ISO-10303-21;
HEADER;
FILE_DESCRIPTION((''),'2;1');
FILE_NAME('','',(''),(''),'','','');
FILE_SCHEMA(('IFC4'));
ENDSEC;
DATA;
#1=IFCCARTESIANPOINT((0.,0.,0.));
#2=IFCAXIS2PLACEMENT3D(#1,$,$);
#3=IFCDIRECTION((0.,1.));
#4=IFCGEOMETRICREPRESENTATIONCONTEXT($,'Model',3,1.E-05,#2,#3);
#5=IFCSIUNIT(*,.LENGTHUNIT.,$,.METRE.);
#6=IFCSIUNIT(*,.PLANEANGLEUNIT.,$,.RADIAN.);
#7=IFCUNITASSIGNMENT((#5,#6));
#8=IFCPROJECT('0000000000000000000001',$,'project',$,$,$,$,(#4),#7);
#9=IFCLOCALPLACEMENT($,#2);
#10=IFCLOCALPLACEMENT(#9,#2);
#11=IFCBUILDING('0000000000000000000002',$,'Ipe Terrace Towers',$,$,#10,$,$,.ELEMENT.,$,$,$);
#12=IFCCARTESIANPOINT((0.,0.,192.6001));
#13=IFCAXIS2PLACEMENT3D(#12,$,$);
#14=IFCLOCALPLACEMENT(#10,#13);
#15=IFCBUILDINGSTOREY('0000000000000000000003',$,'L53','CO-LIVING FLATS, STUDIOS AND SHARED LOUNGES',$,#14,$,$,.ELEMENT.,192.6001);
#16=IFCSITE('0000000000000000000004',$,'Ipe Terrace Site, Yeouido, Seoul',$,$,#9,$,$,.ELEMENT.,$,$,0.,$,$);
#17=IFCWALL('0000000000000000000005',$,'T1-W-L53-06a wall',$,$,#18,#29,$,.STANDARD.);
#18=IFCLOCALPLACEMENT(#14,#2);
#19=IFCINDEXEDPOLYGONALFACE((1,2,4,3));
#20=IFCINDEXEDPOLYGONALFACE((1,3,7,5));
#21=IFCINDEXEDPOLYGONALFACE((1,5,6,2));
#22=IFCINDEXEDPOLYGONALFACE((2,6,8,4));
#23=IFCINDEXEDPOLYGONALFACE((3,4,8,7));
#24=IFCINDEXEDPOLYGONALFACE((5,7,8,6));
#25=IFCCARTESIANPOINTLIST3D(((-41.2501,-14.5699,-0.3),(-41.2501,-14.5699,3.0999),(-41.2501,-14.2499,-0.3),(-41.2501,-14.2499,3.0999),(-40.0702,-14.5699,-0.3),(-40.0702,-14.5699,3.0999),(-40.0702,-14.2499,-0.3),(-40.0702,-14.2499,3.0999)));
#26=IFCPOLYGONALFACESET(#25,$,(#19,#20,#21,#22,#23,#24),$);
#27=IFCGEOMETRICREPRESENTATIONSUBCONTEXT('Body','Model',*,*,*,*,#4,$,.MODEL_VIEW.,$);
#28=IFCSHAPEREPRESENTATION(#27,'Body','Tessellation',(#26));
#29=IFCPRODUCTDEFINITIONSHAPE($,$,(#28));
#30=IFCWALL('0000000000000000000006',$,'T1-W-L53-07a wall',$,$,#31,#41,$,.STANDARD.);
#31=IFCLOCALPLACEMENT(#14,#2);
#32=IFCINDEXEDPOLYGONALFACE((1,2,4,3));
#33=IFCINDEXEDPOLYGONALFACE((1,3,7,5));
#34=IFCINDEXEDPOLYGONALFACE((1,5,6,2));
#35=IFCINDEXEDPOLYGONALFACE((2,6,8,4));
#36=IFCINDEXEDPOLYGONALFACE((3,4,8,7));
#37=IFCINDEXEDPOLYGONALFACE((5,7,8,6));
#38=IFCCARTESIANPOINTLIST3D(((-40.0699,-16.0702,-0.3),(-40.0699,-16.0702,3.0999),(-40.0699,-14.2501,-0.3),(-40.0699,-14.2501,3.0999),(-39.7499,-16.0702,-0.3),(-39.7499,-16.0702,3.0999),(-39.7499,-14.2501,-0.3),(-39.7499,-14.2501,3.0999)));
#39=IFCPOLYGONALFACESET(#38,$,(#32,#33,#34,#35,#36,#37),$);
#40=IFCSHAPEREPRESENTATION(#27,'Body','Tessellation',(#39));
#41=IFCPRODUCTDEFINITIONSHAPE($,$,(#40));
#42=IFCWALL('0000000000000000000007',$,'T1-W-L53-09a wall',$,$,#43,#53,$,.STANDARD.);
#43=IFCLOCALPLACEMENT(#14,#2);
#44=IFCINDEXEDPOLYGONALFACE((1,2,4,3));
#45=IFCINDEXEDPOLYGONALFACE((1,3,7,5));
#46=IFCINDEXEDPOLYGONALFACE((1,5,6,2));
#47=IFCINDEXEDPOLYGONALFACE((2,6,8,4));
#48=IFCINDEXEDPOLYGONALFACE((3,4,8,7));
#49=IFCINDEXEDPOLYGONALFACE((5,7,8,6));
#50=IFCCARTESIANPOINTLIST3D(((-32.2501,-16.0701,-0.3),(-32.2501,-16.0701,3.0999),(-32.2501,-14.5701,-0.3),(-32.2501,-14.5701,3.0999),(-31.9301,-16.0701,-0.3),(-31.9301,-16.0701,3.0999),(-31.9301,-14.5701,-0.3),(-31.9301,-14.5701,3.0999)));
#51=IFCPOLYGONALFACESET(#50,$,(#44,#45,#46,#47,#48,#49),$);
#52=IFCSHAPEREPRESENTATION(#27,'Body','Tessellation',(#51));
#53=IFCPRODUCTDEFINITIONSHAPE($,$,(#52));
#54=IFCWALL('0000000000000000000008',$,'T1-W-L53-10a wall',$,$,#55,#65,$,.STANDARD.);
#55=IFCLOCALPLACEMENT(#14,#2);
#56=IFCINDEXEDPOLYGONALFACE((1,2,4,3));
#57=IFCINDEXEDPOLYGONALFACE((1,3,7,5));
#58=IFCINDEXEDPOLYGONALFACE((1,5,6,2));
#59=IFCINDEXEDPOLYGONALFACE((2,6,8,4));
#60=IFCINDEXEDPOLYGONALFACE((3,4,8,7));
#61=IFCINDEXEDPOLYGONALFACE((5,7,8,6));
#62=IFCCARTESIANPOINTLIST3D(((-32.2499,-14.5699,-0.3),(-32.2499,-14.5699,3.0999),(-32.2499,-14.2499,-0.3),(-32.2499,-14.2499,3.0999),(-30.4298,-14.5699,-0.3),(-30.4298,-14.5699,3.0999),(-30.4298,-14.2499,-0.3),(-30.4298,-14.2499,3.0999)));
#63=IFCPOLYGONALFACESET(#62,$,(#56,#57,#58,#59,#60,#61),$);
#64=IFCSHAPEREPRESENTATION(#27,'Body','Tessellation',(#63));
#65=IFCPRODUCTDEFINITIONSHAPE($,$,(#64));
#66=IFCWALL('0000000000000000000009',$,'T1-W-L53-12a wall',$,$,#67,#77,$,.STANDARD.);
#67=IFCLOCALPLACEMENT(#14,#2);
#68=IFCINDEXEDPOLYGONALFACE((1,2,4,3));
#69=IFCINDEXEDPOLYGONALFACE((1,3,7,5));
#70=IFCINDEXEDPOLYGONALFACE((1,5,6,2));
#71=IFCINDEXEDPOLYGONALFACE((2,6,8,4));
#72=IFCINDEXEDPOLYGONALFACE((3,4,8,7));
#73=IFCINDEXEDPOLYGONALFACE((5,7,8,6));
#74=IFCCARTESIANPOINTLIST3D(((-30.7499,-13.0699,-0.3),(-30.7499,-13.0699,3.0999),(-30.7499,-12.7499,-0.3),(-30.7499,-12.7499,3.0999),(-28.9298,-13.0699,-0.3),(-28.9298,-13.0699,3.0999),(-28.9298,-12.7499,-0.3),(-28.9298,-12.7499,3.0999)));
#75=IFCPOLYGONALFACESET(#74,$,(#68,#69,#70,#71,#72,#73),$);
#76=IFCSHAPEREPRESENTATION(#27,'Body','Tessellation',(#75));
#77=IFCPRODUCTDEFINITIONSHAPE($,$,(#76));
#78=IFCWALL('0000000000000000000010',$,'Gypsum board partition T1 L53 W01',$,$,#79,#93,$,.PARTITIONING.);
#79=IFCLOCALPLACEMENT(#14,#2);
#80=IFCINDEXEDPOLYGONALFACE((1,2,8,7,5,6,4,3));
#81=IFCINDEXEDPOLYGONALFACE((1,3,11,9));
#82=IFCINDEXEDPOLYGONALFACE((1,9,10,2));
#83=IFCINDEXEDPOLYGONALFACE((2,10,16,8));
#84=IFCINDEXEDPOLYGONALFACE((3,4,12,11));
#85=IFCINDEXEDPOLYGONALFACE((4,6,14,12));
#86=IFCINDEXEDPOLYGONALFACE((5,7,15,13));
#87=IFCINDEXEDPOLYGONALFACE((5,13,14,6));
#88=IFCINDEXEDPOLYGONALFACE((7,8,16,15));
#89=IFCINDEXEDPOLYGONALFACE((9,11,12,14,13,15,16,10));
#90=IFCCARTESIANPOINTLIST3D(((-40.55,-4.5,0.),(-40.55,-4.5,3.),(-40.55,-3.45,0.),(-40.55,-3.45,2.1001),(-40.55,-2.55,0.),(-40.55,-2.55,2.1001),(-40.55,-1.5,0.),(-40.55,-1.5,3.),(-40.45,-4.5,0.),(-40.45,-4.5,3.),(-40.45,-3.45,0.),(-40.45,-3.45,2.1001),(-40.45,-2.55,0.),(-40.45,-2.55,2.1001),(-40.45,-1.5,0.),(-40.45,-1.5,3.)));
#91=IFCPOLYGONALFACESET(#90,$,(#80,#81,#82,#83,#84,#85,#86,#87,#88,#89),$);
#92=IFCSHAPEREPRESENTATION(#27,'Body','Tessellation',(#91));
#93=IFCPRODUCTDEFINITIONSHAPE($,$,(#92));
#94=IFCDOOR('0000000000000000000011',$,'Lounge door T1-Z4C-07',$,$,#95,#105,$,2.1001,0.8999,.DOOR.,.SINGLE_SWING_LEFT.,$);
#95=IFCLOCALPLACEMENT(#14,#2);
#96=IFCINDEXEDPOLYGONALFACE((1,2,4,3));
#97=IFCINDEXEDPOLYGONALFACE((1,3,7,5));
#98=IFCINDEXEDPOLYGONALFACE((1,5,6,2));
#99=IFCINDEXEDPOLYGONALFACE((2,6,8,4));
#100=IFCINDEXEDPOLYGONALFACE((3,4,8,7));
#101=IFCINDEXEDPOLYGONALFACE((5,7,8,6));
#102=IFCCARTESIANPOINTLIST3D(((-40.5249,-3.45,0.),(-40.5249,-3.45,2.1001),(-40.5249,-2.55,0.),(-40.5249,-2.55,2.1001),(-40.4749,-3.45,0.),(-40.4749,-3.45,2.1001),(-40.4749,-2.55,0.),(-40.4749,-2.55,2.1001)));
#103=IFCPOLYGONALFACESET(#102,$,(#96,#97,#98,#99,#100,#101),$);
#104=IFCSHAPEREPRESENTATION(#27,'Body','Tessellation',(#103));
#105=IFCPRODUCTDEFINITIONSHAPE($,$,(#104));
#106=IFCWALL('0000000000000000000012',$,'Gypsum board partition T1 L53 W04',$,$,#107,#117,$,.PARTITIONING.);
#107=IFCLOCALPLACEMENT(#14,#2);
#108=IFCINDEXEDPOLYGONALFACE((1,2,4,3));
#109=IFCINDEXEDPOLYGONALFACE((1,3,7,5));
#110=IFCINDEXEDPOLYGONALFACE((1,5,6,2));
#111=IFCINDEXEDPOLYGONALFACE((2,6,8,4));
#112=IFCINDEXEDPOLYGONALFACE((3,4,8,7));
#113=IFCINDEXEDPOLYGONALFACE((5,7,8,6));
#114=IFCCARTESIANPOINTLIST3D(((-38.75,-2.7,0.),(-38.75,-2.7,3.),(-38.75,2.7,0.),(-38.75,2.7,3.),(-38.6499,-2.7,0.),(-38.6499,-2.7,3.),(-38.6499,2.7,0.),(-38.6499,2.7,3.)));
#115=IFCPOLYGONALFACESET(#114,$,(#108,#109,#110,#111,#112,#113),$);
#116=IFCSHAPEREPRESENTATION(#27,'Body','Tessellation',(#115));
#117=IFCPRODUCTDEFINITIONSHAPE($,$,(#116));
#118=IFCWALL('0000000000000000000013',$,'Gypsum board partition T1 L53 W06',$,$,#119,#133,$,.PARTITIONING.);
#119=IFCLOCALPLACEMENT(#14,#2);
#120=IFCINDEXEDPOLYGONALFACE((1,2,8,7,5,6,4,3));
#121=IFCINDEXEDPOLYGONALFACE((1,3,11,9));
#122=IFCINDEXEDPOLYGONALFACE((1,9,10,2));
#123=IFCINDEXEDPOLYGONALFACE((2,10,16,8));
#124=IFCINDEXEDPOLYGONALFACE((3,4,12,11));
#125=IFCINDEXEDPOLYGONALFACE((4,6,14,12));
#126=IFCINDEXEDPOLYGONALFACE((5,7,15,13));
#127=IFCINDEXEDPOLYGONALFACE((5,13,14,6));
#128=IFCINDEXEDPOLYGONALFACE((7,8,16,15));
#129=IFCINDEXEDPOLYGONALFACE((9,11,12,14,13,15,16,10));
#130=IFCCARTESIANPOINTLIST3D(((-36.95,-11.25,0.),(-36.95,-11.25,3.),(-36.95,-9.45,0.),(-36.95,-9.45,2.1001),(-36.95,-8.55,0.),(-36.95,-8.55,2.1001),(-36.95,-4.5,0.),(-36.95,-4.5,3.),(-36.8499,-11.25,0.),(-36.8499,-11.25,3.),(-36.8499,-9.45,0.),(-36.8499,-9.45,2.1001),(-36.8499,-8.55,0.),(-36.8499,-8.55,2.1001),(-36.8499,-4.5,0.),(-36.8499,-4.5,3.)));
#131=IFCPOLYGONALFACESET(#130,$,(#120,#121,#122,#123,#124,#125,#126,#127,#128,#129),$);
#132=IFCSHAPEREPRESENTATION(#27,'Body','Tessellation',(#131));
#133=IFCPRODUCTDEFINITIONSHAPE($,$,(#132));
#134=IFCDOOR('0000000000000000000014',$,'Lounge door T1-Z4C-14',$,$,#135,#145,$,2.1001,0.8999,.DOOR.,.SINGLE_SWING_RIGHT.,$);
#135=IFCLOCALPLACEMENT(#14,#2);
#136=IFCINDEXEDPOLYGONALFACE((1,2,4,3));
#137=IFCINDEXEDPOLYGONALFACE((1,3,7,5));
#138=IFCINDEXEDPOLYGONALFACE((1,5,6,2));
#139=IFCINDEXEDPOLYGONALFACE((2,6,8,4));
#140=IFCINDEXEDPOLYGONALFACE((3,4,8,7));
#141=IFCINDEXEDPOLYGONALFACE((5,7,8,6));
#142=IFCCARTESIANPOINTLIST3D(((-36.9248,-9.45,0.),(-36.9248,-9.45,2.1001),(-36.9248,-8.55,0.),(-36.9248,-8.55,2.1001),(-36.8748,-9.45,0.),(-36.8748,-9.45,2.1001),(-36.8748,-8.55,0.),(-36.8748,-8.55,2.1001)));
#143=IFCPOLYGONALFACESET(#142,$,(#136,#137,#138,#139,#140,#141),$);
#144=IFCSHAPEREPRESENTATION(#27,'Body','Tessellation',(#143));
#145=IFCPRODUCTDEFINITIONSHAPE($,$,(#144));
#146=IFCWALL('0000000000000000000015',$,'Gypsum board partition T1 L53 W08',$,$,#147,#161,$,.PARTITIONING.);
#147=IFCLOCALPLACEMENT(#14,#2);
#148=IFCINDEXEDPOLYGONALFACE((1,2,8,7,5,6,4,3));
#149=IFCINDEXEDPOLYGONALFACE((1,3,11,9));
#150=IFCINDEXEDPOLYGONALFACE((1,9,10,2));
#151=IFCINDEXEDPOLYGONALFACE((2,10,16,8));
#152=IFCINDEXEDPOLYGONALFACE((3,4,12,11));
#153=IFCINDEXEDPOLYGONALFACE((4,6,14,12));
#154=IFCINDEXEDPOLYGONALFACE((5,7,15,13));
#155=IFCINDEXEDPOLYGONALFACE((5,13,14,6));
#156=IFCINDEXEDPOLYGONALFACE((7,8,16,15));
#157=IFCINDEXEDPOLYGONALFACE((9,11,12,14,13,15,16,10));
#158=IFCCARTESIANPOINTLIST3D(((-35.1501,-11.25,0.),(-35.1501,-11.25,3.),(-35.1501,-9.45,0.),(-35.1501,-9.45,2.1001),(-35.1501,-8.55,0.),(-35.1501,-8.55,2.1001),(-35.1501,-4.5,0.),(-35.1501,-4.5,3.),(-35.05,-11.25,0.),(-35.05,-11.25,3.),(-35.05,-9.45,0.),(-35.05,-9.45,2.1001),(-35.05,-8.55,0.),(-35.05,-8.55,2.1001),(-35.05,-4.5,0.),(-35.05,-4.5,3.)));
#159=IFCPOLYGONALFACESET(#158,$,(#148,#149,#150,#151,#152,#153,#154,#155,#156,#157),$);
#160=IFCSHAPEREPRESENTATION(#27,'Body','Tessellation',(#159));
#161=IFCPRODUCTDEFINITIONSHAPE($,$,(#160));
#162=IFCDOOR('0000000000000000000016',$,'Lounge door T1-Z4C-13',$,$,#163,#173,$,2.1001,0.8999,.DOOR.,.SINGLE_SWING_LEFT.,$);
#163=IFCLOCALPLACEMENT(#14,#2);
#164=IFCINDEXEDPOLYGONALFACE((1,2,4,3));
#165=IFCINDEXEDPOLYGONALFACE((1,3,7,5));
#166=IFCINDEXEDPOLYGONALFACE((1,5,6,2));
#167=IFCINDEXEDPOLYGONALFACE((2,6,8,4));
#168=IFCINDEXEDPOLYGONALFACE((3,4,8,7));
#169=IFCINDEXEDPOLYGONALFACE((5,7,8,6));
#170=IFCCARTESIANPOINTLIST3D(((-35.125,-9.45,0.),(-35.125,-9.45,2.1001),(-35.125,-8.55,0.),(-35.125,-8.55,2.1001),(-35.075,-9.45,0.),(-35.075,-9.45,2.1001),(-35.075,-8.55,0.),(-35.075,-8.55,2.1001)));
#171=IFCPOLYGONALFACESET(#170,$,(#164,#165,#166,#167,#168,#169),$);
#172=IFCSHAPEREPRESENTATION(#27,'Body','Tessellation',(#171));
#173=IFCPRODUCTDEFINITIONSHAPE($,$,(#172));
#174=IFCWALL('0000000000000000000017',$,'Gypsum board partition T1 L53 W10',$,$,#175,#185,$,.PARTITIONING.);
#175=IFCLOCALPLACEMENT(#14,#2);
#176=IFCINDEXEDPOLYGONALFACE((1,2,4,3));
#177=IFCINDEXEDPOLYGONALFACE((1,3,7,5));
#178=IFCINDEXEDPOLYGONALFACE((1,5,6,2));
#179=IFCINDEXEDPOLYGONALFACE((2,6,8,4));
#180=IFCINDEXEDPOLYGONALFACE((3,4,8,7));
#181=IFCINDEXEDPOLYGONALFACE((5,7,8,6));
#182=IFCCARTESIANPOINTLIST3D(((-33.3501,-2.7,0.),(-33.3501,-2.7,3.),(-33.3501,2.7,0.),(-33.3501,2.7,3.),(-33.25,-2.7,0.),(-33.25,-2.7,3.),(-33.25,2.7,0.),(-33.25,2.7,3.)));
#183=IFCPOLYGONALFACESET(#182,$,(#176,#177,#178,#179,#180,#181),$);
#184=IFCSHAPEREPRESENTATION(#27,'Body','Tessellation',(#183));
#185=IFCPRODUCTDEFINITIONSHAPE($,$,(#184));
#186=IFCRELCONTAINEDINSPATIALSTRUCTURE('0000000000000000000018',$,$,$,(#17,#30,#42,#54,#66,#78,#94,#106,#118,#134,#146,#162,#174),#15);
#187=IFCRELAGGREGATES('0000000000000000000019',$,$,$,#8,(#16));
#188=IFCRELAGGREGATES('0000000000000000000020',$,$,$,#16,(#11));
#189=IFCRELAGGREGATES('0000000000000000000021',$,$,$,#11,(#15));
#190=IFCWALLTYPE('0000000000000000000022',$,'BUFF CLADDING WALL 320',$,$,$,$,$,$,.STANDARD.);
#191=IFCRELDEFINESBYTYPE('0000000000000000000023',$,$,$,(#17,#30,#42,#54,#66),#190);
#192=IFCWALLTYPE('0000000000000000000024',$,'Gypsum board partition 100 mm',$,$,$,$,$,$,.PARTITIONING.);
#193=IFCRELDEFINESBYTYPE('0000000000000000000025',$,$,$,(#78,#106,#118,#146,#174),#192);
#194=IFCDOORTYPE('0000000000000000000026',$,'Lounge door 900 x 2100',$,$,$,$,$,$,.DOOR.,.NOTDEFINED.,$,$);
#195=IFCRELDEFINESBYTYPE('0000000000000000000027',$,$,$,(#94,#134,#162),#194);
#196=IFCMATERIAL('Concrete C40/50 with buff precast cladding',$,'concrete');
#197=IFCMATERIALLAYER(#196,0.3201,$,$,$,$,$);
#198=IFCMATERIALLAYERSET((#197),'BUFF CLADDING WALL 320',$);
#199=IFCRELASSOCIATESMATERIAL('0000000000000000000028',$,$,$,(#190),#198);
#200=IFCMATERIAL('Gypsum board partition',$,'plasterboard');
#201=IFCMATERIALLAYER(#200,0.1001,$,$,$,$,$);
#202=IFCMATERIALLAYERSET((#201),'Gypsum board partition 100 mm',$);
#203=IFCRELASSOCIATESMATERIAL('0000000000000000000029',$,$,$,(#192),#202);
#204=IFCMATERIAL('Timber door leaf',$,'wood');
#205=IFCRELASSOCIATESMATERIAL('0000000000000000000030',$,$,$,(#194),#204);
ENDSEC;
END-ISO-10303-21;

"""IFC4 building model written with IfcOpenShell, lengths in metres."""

from ifc_helpers import new_model, si_unit, direction, frame, frame_2d, origin, place, context, subcontext, project, spatial, rectangle, extrude, material, layer, layer_set, type_object, element, fill, save


model = new_model("IFC4")

# Units and contexts
model_context = context("Model", 3, precision=1e-05, world=origin(), true_north=direction((0.0, 1.0)))
body_context = subcontext(model_context, "Body", "Model", "MODEL_VIEW")
ifc_project = project(units=[si_unit("LENGTHUNIT", "METRE"), si_unit("PLANEANGLEUNIT", "RADIAN")], contexts=[model_context])

# Site, building, storey
site_placement = place(None, origin())
site = spatial("IfcSite", under=ifc_project, at=site_placement, Name="Ipe Terrace Site, Yeouido, Seoul", CompositionType="ELEMENT", RefElevation=0.0)
building_placement = place(site_placement, origin())
building = spatial("IfcBuilding", under=site, at=building_placement, Name="Ipe Terrace Towers", CompositionType="ELEMENT")
storey_placement = place(building_placement, frame((0.0, 0.0, 192.6001)))
storey = spatial("IfcBuildingStorey", under=building, at=storey_placement, Name="L53", Description="CO-LIVING FLATS, STUDIOS AND SHARED LOUNGES", CompositionType="ELEMENT", Elevation=192.6001)

# Walls
ifc_material_1 = material(Name="Concrete C40/50 with buff precast cladding", Category="concrete")
ifc_layer_1 = layer(ifc_material_1, 0.3201)
ifc_layer_set_1 = layer_set([ifc_layer_1], Name="BUFF CLADDING WALL 320")
wall_type_1 = type_object("IfcWallType", Name="BUFF CLADDING WALL 320", PredefinedType="STANDARD", material=ifc_layer_set_1)
wall_1_placement = place(storey_placement, frame((-41.25, -14.4099, -0.3), z_axis=(0.0, 0.0, 1.0), x_axis=(1.0, 0.0, 0.0)))
element("IfcWall", 1, at=wall_1_placement, inside=storey, type_object=wall_type_1, Name="T1-W-L53-06a wall", PredefinedType="STANDARD", context=body_context, shape_type="SweptSolid", body=[
    extrude(rectangle(XDim=1.1799, YDim=0.3201, at=frame_2d((0.5898, 0.0))), origin(), (0.0, 0.0, 1.0), 3.3999),
])
wall_2_placement = place(storey_placement, frame((-39.9099, -14.25, -0.3), z_axis=(0.0, 0.0, 1.0), x_axis=(0.0, -1.0, 0.0)))
element("IfcWall", 2, at=wall_2_placement, inside=storey, type_object=wall_type_1, Name="T1-W-L53-07a wall", PredefinedType="STANDARD", context=body_context, shape_type="SweptSolid", body=[
    extrude(rectangle(XDim=1.8201, YDim=0.3201, at=frame_2d((0.9102, 0.0))), origin(), (0.0, 0.0, 1.0), 3.3999),
])
wall_3_placement = place(storey_placement, frame((-32.0901, -16.0701, -0.3), z_axis=(0.0, 0.0, 1.0), x_axis=(0.0, 1.0, 0.0)))
element("IfcWall", 3, at=wall_3_placement, inside=storey, type_object=wall_type_1, Name="T1-W-L53-09a wall", PredefinedType="STANDARD", context=body_context, shape_type="SweptSolid", body=[
    extrude(rectangle(XDim=1.5, YDim=0.3201, at=frame_2d((0.75, 0.0))), origin(), (0.0, 0.0, 1.0), 3.3999),
])
for number, where, z_axis, x_axis, name in (
    (4, (-32.25, -14.4099, -0.3), (0.0, 0.0, 1.0), (1.0, 0.0, 0.0), "T1-W-L53-10a wall"),
    (5, (-30.75, -12.9099, -0.3), (0.0, 0.0, 1.0), (1.0, 0.0, 0.0), "T1-W-L53-12a wall"),
):
    element("IfcWall", number, at=place(storey_placement, frame(where, z_axis=z_axis, x_axis=x_axis)), inside=storey, type_object=wall_type_1, Name=name, PredefinedType="STANDARD", context=body_context, shape_type="SweptSolid", body=[
        extrude(rectangle(XDim=1.8201, YDim=0.3201, at=frame_2d((0.9102, 0.0))), origin(), (0.0, 0.0, 1.0), 3.3999),
    ])

# Wall, opening, door
ifc_material_2 = material(Name="Gypsum board partition", Category="plasterboard")
ifc_layer_2 = layer(ifc_material_2, 0.1001)
ifc_layer_set_2 = layer_set([ifc_layer_2], Name="Gypsum board partition 100 mm")
wall_type_2 = type_object("IfcWallType", Name="Gypsum board partition 100 mm", PredefinedType="PARTITIONING", material=ifc_layer_set_2)
wall_4_placement = place(storey_placement, frame((-40.5, -4.5, 0.0), z_axis=(0.0, 0.0, 1.0), x_axis=(0.0, 1.0, 0.0)))
wall_4 = element("IfcWall", 6, at=wall_4_placement, inside=storey, type_object=wall_type_2, Name="Gypsum board partition T1 L53 W01", PredefinedType="PARTITIONING", context=body_context, shape_type="SweptSolid", body=[
    extrude(rectangle(XDim=3.0, YDim=0.1001, at=frame_2d((1.5, 0.0))), origin(), (0.0, 0.0, 1.0), 3.0),
])
opening_1_placement = place(wall_4_placement, frame((1.05, 0.0, 0.0)))
opening_1 = element("IfcOpeningElement", 7, at=opening_1_placement, cuts=wall_4, PredefinedType="OPENING", context=body_context, shape_type="SweptSolid", body=[
    extrude(rectangle(XDim=0.8999, YDim=2.1001, at=frame_2d((0.45, 1.05))), frame((0.0, 0.0601, 0.0), z_axis=(0.0, -1.0, 0.0), x_axis=(1.0, 0.0, 0.0)), (0.0, 0.0, 1.0), 0.1201),
])
ifc_material_3 = material(Name="Timber door leaf", Category="wood")
door_type = type_object("IfcDoorType", Name="Lounge door 900 x 2100", OperationType="NOTDEFINED", PredefinedType="DOOR", material=ifc_material_3)
door_1_placement = place(opening_1_placement, origin())
door_1 = element("IfcDoor", 8, at=door_1_placement, inside=storey, type_object=door_type, Name="Lounge door T1-Z4C-07", OperationType="SINGLE_SWING_LEFT", OverallHeight=2.1001, OverallWidth=0.8999, PredefinedType="DOOR", context=body_context, shape_type="SweptSolid", body=[
    extrude(rectangle(XDim=0.8999, YDim=2.1001, at=frame_2d((0.45, 1.05))), frame((0.0, 0.0249, 0.0), z_axis=(0.0, -1.0, 0.0), x_axis=(1.0, 0.0, 0.0)), (0.0, 0.0, 1.0), 0.05),
])
fill(opening_1, door_1)

# Wall
wall_5_placement = place(storey_placement, frame((-38.7, -2.7, 0.0), z_axis=(0.0, 0.0, 1.0), x_axis=(0.0, 1.0, 0.0)))
element("IfcWall", 9, at=wall_5_placement, inside=storey, type_object=wall_type_2, Name="Gypsum board partition T1 L53 W04", PredefinedType="PARTITIONING", context=body_context, shape_type="SweptSolid", body=[
    extrude(rectangle(XDim=5.3999, YDim=0.1001, at=frame_2d((2.7, 0.0))), origin(), (0.0, 0.0, 1.0), 3.0),
])

# Walls, openings, doors
wall_6_placement = place(storey_placement, frame((-36.8999, -11.25, 0.0), z_axis=(0.0, 0.0, 1.0), x_axis=(0.0, 1.0, 0.0)))
wall_6 = element("IfcWall", 10, at=wall_6_placement, inside=storey, type_object=wall_type_2, Name="Gypsum board partition T1 L53 W06", PredefinedType="PARTITIONING", context=body_context, shape_type="SweptSolid", body=[
    extrude(rectangle(XDim=6.75, YDim=0.1001, at=frame_2d((3.375, 0.0))), origin(), (0.0, 0.0, 1.0), 3.0),
])
opening_2_placement = place(wall_6_placement, frame((1.8, 0.0, 0.0)))
opening_2 = element("IfcOpeningElement", 11, at=opening_2_placement, cuts=wall_6, PredefinedType="OPENING", context=body_context, shape_type="SweptSolid", body=[
    extrude(rectangle(XDim=0.8999, YDim=2.1001, at=frame_2d((0.45, 1.05))), frame((0.0, 0.0601, 0.0), z_axis=(0.0, -1.0, 0.0), x_axis=(1.0, 0.0, 0.0)), (0.0, 0.0, 1.0), 0.1201),
])
door_2_placement = place(opening_2_placement, origin())
door_2 = element("IfcDoor", 12, at=door_2_placement, inside=storey, type_object=door_type, Name="Lounge door T1-Z4C-14", OperationType="SINGLE_SWING_RIGHT", OverallHeight=2.1001, OverallWidth=0.8999, PredefinedType="DOOR", context=body_context, shape_type="SweptSolid", body=[
    extrude(rectangle(XDim=0.8999, YDim=2.1001, at=frame_2d((0.45, 1.05))), frame((0.0, 0.0249, 0.0), z_axis=(0.0, -1.0, 0.0), x_axis=(1.0, 0.0, 0.0)), (0.0, 0.0, 1.0), 0.05),
])
fill(opening_2, door_2)
wall_7_placement = place(storey_placement, frame((-35.1001, -11.25, 0.0), z_axis=(0.0, 0.0, 1.0), x_axis=(0.0, 1.0, 0.0)))
wall_7 = element("IfcWall", 13, at=wall_7_placement, inside=storey, type_object=wall_type_2, Name="Gypsum board partition T1 L53 W08", PredefinedType="PARTITIONING", context=body_context, shape_type="SweptSolid", body=[
    extrude(rectangle(XDim=6.75, YDim=0.1001, at=frame_2d((3.375, 0.0))), origin(), (0.0, 0.0, 1.0), 3.0),
])
opening_3_placement = place(wall_7_placement, frame((1.8, 0.0, 0.0)))
opening_3 = element("IfcOpeningElement", 14, at=opening_3_placement, cuts=wall_7, PredefinedType="OPENING", context=body_context, shape_type="SweptSolid", body=[
    extrude(rectangle(XDim=0.8999, YDim=2.1001, at=frame_2d((0.45, 1.05))), frame((0.0, 0.0601, 0.0), z_axis=(0.0, -1.0, 0.0), x_axis=(1.0, 0.0, 0.0)), (0.0, 0.0, 1.0), 0.1201),
])
door_3_placement = place(opening_3_placement, origin())
door_3 = element("IfcDoor", 15, at=door_3_placement, inside=storey, type_object=door_type, Name="Lounge door T1-Z4C-13", OperationType="SINGLE_SWING_LEFT", OverallHeight=2.1001, OverallWidth=0.8999, PredefinedType="DOOR", context=body_context, shape_type="SweptSolid", body=[
    extrude(rectangle(XDim=0.8999, YDim=2.1001, at=frame_2d((0.45, 1.05))), frame((0.0, 0.0249, 0.0), z_axis=(0.0, -1.0, 0.0), x_axis=(1.0, 0.0, 0.0)), (0.0, 0.0, 1.0), 0.05),
])
fill(opening_3, door_3)

# Wall
wall_8_placement = place(storey_placement, frame((-33.3, -2.7, 0.0), z_axis=(0.0, 0.0, 1.0), x_axis=(0.0, 1.0, 0.0)))
element("IfcWall", 16, at=wall_8_placement, inside=storey, type_object=wall_type_2, Name="Gypsum board partition T1 L53 W10", PredefinedType="PARTITIONING", context=body_context, shape_type="SweptSolid", body=[
    extrude(rectangle(XDim=5.3999, YDim=0.1001, at=frame_2d((2.7, 0.0))), origin(), (0.0, 0.0, 1.0), 3.0),
])

save(model, "model.ifc")
